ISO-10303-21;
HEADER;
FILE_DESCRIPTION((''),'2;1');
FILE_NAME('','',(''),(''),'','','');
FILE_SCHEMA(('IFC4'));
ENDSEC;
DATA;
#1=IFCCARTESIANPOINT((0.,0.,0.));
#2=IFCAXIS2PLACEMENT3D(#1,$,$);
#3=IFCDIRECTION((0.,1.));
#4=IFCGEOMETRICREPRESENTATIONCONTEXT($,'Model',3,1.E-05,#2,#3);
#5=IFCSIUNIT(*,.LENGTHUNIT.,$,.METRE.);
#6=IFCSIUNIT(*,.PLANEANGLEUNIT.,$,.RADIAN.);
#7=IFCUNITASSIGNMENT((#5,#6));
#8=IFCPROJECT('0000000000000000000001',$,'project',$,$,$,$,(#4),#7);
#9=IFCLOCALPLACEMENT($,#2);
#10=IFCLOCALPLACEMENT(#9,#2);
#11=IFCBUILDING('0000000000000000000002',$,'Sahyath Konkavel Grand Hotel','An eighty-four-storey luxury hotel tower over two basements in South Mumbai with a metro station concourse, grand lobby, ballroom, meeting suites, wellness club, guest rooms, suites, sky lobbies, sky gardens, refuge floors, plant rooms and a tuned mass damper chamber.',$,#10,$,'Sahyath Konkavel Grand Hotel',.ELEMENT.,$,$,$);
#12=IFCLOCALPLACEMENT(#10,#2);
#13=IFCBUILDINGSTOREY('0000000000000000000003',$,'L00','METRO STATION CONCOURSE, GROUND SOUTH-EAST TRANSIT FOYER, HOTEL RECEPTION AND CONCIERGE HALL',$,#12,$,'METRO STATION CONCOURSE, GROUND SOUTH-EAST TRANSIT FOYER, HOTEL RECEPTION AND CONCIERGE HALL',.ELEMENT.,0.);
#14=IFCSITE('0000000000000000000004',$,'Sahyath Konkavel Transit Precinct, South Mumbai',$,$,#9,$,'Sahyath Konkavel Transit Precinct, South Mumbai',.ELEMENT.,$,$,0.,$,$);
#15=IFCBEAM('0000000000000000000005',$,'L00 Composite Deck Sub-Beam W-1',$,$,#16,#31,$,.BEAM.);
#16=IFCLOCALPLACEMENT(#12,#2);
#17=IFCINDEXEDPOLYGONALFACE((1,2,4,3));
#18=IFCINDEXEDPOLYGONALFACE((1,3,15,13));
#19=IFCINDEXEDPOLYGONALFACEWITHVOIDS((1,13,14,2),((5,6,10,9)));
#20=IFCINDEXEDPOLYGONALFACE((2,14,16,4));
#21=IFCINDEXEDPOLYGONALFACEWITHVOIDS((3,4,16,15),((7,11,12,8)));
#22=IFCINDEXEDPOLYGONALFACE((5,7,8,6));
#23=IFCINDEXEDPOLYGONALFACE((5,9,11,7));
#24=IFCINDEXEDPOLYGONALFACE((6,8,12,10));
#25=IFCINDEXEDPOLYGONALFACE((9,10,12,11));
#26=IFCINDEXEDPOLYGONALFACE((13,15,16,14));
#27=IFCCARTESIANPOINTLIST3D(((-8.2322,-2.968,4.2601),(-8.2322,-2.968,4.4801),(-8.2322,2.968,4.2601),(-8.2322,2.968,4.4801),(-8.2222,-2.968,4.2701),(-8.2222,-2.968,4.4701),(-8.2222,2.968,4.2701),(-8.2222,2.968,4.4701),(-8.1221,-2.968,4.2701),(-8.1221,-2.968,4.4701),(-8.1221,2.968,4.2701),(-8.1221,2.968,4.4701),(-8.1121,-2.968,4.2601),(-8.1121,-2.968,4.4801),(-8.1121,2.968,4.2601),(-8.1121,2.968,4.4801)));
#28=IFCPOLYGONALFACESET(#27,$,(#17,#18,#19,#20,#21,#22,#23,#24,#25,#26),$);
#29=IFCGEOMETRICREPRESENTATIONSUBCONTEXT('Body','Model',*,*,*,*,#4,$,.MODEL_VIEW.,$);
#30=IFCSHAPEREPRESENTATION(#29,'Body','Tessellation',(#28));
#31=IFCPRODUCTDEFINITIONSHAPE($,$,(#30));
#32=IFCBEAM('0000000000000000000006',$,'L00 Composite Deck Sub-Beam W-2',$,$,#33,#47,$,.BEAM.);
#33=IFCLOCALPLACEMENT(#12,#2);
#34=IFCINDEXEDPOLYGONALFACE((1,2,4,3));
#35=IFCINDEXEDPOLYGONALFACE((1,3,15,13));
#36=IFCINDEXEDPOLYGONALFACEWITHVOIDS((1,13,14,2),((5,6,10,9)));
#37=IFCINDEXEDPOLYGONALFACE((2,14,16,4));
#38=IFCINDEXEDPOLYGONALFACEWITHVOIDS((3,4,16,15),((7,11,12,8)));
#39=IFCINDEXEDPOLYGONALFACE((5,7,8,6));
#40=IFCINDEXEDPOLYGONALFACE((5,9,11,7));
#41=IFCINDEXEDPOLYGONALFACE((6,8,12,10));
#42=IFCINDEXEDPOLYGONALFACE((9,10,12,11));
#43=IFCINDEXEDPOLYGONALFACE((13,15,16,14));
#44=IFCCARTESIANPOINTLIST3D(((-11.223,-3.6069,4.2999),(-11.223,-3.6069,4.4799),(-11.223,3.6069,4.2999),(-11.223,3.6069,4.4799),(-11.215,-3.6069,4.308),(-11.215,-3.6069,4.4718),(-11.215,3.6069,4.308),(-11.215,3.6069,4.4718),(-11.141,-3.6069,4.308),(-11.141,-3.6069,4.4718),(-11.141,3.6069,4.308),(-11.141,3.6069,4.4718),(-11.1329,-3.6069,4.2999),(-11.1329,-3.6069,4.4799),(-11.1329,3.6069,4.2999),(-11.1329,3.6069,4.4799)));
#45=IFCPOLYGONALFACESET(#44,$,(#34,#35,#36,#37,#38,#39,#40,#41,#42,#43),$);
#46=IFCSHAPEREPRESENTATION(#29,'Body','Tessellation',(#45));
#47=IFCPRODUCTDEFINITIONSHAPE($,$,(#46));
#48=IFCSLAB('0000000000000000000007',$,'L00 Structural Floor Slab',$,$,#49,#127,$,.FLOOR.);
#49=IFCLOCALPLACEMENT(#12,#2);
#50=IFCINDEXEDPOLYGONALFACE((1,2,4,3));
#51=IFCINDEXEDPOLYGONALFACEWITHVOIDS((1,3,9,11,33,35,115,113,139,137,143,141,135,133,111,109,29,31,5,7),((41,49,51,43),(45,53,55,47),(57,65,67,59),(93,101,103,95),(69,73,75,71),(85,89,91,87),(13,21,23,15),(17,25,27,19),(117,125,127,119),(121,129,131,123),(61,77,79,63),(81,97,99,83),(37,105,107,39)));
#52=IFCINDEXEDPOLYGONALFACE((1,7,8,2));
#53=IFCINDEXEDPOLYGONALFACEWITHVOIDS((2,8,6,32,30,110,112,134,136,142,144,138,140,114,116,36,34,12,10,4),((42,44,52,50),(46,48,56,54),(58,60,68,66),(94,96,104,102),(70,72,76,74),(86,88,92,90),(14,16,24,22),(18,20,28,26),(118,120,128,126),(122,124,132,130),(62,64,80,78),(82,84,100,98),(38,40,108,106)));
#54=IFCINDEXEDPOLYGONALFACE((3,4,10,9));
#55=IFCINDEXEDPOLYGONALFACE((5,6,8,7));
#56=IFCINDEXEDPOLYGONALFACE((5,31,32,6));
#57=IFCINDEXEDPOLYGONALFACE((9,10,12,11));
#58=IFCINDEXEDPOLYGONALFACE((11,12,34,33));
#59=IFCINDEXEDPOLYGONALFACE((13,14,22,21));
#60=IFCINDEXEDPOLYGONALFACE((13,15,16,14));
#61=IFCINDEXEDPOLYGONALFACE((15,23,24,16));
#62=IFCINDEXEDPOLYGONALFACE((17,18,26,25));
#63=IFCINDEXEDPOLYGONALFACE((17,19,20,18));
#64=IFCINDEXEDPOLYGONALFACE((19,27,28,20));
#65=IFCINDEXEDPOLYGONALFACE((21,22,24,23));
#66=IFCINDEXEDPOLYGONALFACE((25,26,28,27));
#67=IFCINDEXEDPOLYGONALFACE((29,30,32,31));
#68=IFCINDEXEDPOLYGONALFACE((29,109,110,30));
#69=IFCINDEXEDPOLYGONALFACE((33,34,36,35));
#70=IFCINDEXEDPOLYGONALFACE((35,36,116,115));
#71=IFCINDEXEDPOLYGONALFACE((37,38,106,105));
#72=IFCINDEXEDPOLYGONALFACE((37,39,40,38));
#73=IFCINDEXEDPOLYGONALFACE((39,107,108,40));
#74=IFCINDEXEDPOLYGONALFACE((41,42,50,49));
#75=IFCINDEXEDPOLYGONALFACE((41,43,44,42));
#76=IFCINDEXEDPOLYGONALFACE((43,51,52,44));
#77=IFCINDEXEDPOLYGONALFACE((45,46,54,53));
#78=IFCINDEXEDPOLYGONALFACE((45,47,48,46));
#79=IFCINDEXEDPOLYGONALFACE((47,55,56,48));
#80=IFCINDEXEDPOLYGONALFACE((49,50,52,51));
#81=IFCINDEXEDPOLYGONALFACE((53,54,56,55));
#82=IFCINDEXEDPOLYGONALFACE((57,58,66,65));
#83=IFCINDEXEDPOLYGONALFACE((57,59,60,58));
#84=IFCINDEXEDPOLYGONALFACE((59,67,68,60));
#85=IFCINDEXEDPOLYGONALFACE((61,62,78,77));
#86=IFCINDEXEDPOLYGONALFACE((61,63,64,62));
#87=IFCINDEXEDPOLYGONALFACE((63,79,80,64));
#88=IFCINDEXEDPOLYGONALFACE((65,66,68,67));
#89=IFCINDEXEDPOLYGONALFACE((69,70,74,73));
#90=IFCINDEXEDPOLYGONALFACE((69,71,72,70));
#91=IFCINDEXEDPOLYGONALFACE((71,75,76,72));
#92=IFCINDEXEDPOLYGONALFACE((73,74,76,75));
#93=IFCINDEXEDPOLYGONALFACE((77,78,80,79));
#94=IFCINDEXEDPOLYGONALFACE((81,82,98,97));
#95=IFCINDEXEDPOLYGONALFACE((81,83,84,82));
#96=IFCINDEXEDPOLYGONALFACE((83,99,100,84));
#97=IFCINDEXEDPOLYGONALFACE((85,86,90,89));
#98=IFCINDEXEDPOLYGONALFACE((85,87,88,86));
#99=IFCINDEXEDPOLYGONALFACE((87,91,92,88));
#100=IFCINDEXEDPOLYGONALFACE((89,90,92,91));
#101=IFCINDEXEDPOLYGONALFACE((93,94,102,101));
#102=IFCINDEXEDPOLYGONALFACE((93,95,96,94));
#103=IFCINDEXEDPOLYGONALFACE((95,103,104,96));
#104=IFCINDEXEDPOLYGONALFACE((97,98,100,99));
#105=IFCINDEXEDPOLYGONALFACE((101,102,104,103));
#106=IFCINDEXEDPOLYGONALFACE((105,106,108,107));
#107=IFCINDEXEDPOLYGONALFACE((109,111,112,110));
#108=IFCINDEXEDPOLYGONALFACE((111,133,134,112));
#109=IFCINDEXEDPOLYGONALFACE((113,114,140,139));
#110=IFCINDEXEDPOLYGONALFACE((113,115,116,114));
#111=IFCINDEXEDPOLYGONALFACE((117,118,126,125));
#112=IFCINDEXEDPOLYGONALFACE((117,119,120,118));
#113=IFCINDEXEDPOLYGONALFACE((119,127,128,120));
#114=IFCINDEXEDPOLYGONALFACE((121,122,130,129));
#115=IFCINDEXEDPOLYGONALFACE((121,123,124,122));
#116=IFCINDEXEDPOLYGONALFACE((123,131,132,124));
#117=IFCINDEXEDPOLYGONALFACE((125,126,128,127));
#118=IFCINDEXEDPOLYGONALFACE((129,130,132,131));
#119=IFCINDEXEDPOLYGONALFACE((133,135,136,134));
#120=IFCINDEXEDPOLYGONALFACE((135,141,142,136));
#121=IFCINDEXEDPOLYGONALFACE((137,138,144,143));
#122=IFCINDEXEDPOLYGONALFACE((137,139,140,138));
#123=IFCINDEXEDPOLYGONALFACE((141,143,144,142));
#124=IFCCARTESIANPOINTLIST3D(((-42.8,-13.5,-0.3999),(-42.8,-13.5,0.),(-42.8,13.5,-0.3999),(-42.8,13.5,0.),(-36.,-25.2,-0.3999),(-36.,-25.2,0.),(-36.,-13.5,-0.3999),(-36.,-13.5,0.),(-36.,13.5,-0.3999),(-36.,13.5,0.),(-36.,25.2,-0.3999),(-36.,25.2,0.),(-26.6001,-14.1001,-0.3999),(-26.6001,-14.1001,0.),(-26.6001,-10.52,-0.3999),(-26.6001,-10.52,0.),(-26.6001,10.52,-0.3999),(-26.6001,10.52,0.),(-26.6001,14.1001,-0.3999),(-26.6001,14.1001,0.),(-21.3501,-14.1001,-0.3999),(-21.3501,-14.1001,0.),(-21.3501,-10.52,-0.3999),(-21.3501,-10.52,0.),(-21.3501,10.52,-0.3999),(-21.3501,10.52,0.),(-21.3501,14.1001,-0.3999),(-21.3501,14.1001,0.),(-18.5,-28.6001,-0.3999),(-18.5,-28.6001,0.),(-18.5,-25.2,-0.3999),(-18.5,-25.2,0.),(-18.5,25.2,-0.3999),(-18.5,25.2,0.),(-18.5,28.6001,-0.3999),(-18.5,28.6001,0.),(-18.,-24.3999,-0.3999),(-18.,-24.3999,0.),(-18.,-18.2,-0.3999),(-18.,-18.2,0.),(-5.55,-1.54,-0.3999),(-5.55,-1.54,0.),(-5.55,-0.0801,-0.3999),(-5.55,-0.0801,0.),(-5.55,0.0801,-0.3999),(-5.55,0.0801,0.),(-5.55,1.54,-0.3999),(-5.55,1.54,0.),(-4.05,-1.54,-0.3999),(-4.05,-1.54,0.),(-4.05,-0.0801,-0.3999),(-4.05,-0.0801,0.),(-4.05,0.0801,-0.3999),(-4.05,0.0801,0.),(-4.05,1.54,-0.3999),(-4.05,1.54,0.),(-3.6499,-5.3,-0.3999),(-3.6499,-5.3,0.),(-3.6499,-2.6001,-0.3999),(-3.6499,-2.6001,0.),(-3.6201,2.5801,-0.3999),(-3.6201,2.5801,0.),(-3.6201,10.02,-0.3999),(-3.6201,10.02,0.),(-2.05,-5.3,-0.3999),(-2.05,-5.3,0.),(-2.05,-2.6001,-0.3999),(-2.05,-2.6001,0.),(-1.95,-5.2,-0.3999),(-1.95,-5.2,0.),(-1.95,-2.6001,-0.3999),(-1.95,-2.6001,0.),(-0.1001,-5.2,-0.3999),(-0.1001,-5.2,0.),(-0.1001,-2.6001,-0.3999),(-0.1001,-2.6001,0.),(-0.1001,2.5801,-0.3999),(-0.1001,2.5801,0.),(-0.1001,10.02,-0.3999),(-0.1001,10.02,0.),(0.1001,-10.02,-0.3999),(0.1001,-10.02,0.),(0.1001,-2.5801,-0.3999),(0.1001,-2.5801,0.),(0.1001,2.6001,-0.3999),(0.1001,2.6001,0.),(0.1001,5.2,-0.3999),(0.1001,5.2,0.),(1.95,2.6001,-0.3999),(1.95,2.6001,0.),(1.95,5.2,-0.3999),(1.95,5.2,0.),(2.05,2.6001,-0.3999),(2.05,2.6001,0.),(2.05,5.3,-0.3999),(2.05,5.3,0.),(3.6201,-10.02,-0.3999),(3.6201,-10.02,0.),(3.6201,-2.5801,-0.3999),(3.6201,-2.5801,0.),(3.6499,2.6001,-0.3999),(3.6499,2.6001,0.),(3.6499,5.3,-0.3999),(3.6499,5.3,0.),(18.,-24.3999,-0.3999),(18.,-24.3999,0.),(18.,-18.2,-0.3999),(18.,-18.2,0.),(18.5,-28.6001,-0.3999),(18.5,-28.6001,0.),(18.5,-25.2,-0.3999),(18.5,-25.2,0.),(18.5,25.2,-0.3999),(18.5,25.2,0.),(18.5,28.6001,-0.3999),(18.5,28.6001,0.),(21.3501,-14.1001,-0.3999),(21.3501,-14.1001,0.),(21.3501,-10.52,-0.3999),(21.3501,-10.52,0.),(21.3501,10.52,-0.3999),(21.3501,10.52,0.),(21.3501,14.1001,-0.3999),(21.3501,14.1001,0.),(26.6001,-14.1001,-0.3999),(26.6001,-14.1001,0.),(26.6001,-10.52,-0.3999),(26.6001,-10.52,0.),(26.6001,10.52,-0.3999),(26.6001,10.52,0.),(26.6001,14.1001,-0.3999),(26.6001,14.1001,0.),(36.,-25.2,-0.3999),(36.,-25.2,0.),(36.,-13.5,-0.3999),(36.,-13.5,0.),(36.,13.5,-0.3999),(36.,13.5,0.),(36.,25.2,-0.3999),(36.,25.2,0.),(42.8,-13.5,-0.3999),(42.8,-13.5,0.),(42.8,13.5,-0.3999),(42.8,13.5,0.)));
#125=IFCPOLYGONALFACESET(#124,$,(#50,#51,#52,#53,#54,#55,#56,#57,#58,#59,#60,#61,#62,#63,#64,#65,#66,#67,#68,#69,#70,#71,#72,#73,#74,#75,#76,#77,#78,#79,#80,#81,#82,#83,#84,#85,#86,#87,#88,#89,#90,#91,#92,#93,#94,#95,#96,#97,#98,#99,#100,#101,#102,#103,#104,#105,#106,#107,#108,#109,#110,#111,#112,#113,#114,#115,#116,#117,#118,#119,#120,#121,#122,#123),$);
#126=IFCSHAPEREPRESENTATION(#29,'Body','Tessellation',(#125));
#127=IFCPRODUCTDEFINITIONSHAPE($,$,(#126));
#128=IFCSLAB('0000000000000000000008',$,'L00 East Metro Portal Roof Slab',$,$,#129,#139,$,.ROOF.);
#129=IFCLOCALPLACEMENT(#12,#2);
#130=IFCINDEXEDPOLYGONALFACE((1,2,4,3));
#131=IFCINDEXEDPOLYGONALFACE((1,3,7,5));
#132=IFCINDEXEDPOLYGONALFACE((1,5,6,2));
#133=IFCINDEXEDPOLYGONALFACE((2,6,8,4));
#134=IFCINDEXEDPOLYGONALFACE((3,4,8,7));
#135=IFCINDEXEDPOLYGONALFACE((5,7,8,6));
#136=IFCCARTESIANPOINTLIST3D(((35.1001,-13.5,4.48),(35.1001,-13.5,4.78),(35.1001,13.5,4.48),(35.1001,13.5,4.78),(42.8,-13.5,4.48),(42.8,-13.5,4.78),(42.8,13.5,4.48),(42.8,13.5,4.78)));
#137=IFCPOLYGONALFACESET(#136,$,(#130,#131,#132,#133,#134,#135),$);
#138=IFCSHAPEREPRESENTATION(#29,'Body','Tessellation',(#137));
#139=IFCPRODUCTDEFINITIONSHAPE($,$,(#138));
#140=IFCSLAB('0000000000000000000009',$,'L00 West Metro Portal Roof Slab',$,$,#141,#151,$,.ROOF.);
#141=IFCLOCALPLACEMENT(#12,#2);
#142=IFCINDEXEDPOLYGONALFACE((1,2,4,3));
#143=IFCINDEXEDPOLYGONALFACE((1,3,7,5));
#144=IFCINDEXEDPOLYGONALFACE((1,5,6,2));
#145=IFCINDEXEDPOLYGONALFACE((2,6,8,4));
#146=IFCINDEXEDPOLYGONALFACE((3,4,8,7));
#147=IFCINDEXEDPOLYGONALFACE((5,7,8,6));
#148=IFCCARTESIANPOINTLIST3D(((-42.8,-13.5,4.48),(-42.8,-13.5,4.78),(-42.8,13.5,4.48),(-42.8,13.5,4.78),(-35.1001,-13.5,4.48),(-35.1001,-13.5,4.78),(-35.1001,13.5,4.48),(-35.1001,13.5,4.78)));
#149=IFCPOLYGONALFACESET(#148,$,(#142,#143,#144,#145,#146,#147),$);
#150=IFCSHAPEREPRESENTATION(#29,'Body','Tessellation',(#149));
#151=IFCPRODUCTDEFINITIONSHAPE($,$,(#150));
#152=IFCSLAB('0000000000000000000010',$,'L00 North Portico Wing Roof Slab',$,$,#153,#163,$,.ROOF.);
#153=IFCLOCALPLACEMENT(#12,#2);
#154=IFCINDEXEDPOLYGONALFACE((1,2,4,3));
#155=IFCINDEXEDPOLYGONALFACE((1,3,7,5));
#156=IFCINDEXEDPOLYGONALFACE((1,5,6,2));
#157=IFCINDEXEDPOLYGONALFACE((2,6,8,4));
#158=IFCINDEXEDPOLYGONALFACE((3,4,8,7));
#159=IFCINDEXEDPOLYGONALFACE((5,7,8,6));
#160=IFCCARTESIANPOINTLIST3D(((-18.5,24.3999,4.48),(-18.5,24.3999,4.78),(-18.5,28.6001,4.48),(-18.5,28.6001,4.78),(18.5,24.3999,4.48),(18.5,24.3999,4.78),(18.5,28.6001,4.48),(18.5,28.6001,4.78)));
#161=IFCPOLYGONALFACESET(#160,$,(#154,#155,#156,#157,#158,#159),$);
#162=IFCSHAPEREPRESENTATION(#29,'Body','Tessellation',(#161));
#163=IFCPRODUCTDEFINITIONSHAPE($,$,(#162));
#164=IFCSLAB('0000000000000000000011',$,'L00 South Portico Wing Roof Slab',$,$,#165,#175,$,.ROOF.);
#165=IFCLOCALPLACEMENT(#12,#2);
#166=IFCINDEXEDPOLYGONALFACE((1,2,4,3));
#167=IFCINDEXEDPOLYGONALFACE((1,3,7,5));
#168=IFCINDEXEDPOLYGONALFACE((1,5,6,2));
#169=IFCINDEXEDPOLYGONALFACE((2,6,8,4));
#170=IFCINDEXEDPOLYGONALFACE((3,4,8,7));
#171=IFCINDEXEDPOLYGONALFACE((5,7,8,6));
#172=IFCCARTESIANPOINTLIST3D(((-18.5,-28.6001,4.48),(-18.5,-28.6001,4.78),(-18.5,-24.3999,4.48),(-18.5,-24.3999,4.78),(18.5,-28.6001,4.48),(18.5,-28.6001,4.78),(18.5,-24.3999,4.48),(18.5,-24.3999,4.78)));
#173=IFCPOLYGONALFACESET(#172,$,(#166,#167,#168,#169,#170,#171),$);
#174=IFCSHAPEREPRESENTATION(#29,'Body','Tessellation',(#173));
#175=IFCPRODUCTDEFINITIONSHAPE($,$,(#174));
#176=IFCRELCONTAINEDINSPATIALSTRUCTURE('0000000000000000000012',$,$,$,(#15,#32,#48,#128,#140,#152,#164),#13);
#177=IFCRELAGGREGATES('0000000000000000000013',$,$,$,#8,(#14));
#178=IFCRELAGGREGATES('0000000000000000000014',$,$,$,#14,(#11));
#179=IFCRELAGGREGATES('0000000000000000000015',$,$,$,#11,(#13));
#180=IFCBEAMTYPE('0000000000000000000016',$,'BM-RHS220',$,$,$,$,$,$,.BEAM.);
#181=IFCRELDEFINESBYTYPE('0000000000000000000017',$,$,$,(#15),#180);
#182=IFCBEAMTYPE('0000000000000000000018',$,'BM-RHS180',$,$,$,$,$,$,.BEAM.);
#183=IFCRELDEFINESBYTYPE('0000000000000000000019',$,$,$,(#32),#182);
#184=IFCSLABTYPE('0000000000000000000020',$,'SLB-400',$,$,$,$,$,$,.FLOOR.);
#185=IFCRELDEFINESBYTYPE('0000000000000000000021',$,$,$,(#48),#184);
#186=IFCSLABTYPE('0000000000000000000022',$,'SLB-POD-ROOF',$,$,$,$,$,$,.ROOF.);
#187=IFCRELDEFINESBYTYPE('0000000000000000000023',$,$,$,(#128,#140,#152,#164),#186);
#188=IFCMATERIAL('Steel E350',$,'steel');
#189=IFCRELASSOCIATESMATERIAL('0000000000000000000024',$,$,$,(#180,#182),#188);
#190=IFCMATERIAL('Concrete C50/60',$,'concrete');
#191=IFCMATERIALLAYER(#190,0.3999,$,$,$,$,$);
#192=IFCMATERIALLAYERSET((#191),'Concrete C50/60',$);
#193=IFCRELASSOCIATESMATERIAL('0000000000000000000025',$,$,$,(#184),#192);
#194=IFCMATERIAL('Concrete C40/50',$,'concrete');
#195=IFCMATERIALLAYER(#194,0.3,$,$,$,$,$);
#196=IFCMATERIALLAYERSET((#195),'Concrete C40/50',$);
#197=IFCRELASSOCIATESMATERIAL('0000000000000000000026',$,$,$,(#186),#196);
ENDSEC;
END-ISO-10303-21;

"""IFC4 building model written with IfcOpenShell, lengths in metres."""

from ifc_helpers import new_model, si_unit, direction, frame, origin, origin_2d, place, context, subcontext, project, spatial, polyline, hollow_rectangle, outline, extrude, source, transform, mapped, material, layer, layer_set, material_profile, profile_set, type_object, element, save


model = new_model("IFC4")

# Units and contexts
model_context = context("Model", 3, precision=1e-05, world=origin(), true_north=direction((0.0, 1.0)))
body_context = subcontext(model_context, "Body", "Model", "MODEL_VIEW")
ifc_project = project(units=[si_unit("LENGTHUNIT", "METRE"), si_unit("PLANEANGLEUNIT", "RADIAN")], contexts=[model_context])

# Site, building, storey
site_placement = place(None, origin())
site = spatial("IfcSite", under=ifc_project, at=site_placement, Name="Sahyath Konkavel Transit Precinct, South Mumbai", LongName="Sahyath Konkavel Transit Precinct, South Mumbai", CompositionType="ELEMENT", RefElevation=0.0)
building_placement = place(site_placement, origin())
building = spatial("IfcBuilding", under=site, at=building_placement, Name="Sahyath Konkavel Grand Hotel", Description="An eighty-four-storey luxury hotel tower over two basements in South Mumbai with a metro station concourse, grand lobby, ballroom, meeting suites, wellness club, guest rooms, suites, sky lobbies, sky gardens, refuge floors, plant rooms and a tuned mass damper chamber.", LongName="Sahyath Konkavel Grand Hotel", CompositionType="ELEMENT")
storey_placement = place(building_placement, origin())
storey = spatial("IfcBuildingStorey", under=building, at=storey_placement, Name="L00", Description="METRO STATION CONCOURSE, GROUND SOUTH-EAST TRANSIT FOYER, HOTEL RECEPTION AND CONCIERGE HALL", LongName="METRO STATION CONCOURSE, GROUND SOUTH-EAST TRANSIT FOYER, HOTEL RECEPTION AND CONCIERGE HALL", CompositionType="ELEMENT", Elevation=0.0)

# Beams
ifc_material_1 = material(Name="Steel E350", Category="steel")
ifc_material_profile_1 = material_profile(ifc_material_1, hollow_rectangle(XDim=0.1201, YDim=0.22, WallThickness=0.01, at=origin_2d()), Name="RHS 220x120x10")
ifc_profile_set_1 = profile_set([ifc_material_profile_1], Name="Steel E350")
beam_type_1 = type_object("IfcBeamType", Name="BM-RHS220", PredefinedType="BEAM", material=ifc_profile_set_1)
shared_shape_1 = source(origin(), body_context, "Body", "SweptSolid", [
    extrude(hollow_rectangle(XDim=0.1201, YDim=0.22, WallThickness=0.01, at=origin_2d()), origin(), (0.0, 0.0, 1.0), 5.936),
])
beam_1_placement = place(storey_placement, frame((-8.1721, 2.968, 4.3701), z_axis=(0.0, -1.0, 0.0), x_axis=(1.0, 0.0, 0.0)))
element("IfcBeam", 1, at=beam_1_placement, inside=storey, type_object=beam_type_1, Name="L00 Composite Deck Sub-Beam W-1", PredefinedType="BEAM", context=body_context, shape_type="MappedRepresentation", body=[
    mapped(shared_shape_1, transform((0.0, 0.0, 0.0), scale=1.0)),
])
ifc_material_profile_2 = material_profile(ifc_material_1, hollow_rectangle(XDim=0.0901, YDim=0.1799, WallThickness=0.0081, at=origin_2d()), Name="RHS 180x90x8")
ifc_profile_set_2 = profile_set([ifc_material_profile_2], Name="Steel E350")
beam_type_2 = type_object("IfcBeamType", Name="BM-RHS180", PredefinedType="BEAM", material=ifc_profile_set_2)
shared_shape_2 = source(origin(), body_context, "Body", "SweptSolid", [
    extrude(hollow_rectangle(XDim=0.0901, YDim=0.1799, WallThickness=0.0081, at=origin_2d()), origin(), (0.0, 0.0, 1.0), 7.2139),
])
beam_2_placement = place(storey_placement, frame((-11.178, 3.6069, 4.3899), z_axis=(0.0, -1.0, 0.0), x_axis=(1.0, 0.0, 0.0)))
element("IfcBeam", 2, at=beam_2_placement, inside=storey, type_object=beam_type_2, Name="L00 Composite Deck Sub-Beam W-2", PredefinedType="BEAM", context=body_context, shape_type="MappedRepresentation", body=[
    mapped(shared_shape_2, transform((0.0, 0.0, 0.0), scale=1.0)),
])

# Slabs
ifc_material_2 = material(Name="Concrete C50/60", Category="concrete")
ifc_layer_1 = layer(ifc_material_2, 0.3999)
ifc_layer_set_1 = layer_set([ifc_layer_1], Name="Concrete C50/60")
slab_type_1 = type_object("IfcSlabType", Name="SLB-400", PredefinedType="FLOOR", material=ifc_layer_set_1)
slab_1_placement = place(storey_placement, frame((0.0, 0.0, -0.3999)))
element("IfcSlab", 3, at=slab_1_placement, inside=storey, type_object=slab_type_1, Name="L00 Structural Floor Slab", PredefinedType="FLOOR", context=body_context, shape_type="SweptSolid", body=[
    extrude(outline(polyline([(-18.5, -28.6001), (18.5, -28.6001), (18.5, -25.2), (36.0, -25.2), (36.0, -13.5), (42.8, -13.5), (42.8, 13.5), (36.0, 13.5), (36.0, 25.2), (18.5, 25.2), (18.5, 28.6001), (-18.5, 28.6001), (-18.5, 25.2), (-36.0, 25.2), (-36.0, 13.5), (-42.8, 13.5), (-42.8, -13.5), (-36.0, -13.5), (-36.0, -25.2), (-18.5, -25.2), (-18.5, -28.6001)]), holes=[polyline([(-3.6201, 2.5801), (-0.1001, 2.5801), (-0.1001, 10.02), (-3.6201, 10.02), (-3.6201, 2.5801)]), polyline([(0.1001, -10.02), (3.6201, -10.02), (3.6201, -2.5801), (0.1001, -2.5801), (0.1001, -10.02)]), polyline([(-26.6001, 10.52), (-21.3501, 10.52), (-21.3501, 14.1001), (-26.6001, 14.1001), (-26.6001, 10.52)]), polyline([(21.3501, 10.52), (26.6001, 10.52), (26.6001, 14.1001), (21.3501, 14.1001), (21.3501, 10.52)]), polyline([(-26.6001, -14.1001), (-21.3501, -14.1001), (-21.3501, -10.52), (-26.6001, -10.52), (-26.6001, -14.1001)]), polyline([(21.3501, -14.1001), (26.6001, -14.1001), (26.6001, -10.52), (21.3501, -10.52), (21.3501, -14.1001)]), polyline([(-18.0, -24.3999), (18.0, -24.3999), (18.0, -18.2), (-18.0, -18.2), (-18.0, -24.3999)]), polyline([(0.1001, 2.6001), (1.95, 2.6001), (1.95, 5.2), (0.1001, 5.2), (0.1001, 2.6001)]), polyline([(-1.95, -5.2), (-0.1001, -5.2), (-0.1001, -2.6001), (-1.95, -2.6001), (-1.95, -5.2)]), polyline([(2.05, 2.6001), (3.6499, 2.6001), (3.6499, 5.3), (2.05, 5.3), (2.05, 2.6001)]), polyline([(-3.6499, -5.3), (-2.05, -5.3), (-2.05, -2.6001), (-3.6499, -2.6001), (-3.6499, -5.3)]), polyline([(-5.55, 0.0801), (-4.05, 0.0801), (-4.05, 1.54), (-5.55, 1.54), (-5.55, 0.0801)]), polyline([(-5.55, -1.54), (-4.05, -1.54), (-4.05, -0.0801), (-5.55, -0.0801), (-5.55, -1.54)])]), origin(), (0.0, 0.0, 1.0), 0.3999),
])
ifc_material_3 = material(Name="Concrete C40/50", Category="concrete")
ifc_layer_2 = layer(ifc_material_3, 0.3)
ifc_layer_set_2 = layer_set([ifc_layer_2], Name="Concrete C40/50")
slab_type_2 = type_object("IfcSlabType", Name="SLB-POD-ROOF", PredefinedType="ROOF", material=ifc_layer_set_2)
slab_2_placement = place(storey_placement, frame((0.0, 0.0, 4.48)))
element("IfcSlab", 4, at=slab_2_placement, inside=storey, type_object=slab_type_2, Name="L00 East Metro Portal Roof Slab", PredefinedType="ROOF", context=body_context, shape_type="SweptSolid", body=[
    extrude(outline(polyline([(35.1001, -13.5), (42.8, -13.5), (42.8, 13.5), (35.1001, 13.5), (35.1001, -13.5)])), origin(), (0.0, 0.0, 1.0), 0.3),
])
slab_3_placement = place(storey_placement, frame((0.0, 0.0, 4.48)))
element("IfcSlab", 5, at=slab_3_placement, inside=storey, type_object=slab_type_2, Name="L00 West Metro Portal Roof Slab", PredefinedType="ROOF", context=body_context, shape_type="SweptSolid", body=[
    extrude(outline(polyline([(-42.8, -13.5), (-35.1001, -13.5), (-35.1001, 13.5), (-42.8, 13.5), (-42.8, -13.5)])), origin(), (0.0, 0.0, 1.0), 0.3),
])
slab_4_placement = place(storey_placement, frame((0.0, 0.0, 4.48)))
element("IfcSlab", 6, at=slab_4_placement, inside=storey, type_object=slab_type_2, Name="L00 North Portico Wing Roof Slab", PredefinedType="ROOF", context=body_context, shape_type="SweptSolid", body=[
    extrude(outline(polyline([(-18.5, 24.3999), (18.5, 24.3999), (18.5, 28.6001), (-18.5, 28.6001), (-18.5, 24.3999)])), origin(), (0.0, 0.0, 1.0), 0.3),
])
slab_5_placement = place(storey_placement, frame((0.0, 0.0, 4.48)))
element("IfcSlab", 7, at=slab_5_placement, inside=storey, type_object=slab_type_2, Name="L00 South Portico Wing Roof Slab", PredefinedType="ROOF", context=body_context, shape_type="SweptSolid", body=[
    extrude(outline(polyline([(-18.5, -28.6001), (18.5, -28.6001), (18.5, -24.3999), (-18.5, -24.3999), (-18.5, -28.6001)])), origin(), (0.0, 0.0, 1.0), 0.3),
])

save(model, "model.ifc")
